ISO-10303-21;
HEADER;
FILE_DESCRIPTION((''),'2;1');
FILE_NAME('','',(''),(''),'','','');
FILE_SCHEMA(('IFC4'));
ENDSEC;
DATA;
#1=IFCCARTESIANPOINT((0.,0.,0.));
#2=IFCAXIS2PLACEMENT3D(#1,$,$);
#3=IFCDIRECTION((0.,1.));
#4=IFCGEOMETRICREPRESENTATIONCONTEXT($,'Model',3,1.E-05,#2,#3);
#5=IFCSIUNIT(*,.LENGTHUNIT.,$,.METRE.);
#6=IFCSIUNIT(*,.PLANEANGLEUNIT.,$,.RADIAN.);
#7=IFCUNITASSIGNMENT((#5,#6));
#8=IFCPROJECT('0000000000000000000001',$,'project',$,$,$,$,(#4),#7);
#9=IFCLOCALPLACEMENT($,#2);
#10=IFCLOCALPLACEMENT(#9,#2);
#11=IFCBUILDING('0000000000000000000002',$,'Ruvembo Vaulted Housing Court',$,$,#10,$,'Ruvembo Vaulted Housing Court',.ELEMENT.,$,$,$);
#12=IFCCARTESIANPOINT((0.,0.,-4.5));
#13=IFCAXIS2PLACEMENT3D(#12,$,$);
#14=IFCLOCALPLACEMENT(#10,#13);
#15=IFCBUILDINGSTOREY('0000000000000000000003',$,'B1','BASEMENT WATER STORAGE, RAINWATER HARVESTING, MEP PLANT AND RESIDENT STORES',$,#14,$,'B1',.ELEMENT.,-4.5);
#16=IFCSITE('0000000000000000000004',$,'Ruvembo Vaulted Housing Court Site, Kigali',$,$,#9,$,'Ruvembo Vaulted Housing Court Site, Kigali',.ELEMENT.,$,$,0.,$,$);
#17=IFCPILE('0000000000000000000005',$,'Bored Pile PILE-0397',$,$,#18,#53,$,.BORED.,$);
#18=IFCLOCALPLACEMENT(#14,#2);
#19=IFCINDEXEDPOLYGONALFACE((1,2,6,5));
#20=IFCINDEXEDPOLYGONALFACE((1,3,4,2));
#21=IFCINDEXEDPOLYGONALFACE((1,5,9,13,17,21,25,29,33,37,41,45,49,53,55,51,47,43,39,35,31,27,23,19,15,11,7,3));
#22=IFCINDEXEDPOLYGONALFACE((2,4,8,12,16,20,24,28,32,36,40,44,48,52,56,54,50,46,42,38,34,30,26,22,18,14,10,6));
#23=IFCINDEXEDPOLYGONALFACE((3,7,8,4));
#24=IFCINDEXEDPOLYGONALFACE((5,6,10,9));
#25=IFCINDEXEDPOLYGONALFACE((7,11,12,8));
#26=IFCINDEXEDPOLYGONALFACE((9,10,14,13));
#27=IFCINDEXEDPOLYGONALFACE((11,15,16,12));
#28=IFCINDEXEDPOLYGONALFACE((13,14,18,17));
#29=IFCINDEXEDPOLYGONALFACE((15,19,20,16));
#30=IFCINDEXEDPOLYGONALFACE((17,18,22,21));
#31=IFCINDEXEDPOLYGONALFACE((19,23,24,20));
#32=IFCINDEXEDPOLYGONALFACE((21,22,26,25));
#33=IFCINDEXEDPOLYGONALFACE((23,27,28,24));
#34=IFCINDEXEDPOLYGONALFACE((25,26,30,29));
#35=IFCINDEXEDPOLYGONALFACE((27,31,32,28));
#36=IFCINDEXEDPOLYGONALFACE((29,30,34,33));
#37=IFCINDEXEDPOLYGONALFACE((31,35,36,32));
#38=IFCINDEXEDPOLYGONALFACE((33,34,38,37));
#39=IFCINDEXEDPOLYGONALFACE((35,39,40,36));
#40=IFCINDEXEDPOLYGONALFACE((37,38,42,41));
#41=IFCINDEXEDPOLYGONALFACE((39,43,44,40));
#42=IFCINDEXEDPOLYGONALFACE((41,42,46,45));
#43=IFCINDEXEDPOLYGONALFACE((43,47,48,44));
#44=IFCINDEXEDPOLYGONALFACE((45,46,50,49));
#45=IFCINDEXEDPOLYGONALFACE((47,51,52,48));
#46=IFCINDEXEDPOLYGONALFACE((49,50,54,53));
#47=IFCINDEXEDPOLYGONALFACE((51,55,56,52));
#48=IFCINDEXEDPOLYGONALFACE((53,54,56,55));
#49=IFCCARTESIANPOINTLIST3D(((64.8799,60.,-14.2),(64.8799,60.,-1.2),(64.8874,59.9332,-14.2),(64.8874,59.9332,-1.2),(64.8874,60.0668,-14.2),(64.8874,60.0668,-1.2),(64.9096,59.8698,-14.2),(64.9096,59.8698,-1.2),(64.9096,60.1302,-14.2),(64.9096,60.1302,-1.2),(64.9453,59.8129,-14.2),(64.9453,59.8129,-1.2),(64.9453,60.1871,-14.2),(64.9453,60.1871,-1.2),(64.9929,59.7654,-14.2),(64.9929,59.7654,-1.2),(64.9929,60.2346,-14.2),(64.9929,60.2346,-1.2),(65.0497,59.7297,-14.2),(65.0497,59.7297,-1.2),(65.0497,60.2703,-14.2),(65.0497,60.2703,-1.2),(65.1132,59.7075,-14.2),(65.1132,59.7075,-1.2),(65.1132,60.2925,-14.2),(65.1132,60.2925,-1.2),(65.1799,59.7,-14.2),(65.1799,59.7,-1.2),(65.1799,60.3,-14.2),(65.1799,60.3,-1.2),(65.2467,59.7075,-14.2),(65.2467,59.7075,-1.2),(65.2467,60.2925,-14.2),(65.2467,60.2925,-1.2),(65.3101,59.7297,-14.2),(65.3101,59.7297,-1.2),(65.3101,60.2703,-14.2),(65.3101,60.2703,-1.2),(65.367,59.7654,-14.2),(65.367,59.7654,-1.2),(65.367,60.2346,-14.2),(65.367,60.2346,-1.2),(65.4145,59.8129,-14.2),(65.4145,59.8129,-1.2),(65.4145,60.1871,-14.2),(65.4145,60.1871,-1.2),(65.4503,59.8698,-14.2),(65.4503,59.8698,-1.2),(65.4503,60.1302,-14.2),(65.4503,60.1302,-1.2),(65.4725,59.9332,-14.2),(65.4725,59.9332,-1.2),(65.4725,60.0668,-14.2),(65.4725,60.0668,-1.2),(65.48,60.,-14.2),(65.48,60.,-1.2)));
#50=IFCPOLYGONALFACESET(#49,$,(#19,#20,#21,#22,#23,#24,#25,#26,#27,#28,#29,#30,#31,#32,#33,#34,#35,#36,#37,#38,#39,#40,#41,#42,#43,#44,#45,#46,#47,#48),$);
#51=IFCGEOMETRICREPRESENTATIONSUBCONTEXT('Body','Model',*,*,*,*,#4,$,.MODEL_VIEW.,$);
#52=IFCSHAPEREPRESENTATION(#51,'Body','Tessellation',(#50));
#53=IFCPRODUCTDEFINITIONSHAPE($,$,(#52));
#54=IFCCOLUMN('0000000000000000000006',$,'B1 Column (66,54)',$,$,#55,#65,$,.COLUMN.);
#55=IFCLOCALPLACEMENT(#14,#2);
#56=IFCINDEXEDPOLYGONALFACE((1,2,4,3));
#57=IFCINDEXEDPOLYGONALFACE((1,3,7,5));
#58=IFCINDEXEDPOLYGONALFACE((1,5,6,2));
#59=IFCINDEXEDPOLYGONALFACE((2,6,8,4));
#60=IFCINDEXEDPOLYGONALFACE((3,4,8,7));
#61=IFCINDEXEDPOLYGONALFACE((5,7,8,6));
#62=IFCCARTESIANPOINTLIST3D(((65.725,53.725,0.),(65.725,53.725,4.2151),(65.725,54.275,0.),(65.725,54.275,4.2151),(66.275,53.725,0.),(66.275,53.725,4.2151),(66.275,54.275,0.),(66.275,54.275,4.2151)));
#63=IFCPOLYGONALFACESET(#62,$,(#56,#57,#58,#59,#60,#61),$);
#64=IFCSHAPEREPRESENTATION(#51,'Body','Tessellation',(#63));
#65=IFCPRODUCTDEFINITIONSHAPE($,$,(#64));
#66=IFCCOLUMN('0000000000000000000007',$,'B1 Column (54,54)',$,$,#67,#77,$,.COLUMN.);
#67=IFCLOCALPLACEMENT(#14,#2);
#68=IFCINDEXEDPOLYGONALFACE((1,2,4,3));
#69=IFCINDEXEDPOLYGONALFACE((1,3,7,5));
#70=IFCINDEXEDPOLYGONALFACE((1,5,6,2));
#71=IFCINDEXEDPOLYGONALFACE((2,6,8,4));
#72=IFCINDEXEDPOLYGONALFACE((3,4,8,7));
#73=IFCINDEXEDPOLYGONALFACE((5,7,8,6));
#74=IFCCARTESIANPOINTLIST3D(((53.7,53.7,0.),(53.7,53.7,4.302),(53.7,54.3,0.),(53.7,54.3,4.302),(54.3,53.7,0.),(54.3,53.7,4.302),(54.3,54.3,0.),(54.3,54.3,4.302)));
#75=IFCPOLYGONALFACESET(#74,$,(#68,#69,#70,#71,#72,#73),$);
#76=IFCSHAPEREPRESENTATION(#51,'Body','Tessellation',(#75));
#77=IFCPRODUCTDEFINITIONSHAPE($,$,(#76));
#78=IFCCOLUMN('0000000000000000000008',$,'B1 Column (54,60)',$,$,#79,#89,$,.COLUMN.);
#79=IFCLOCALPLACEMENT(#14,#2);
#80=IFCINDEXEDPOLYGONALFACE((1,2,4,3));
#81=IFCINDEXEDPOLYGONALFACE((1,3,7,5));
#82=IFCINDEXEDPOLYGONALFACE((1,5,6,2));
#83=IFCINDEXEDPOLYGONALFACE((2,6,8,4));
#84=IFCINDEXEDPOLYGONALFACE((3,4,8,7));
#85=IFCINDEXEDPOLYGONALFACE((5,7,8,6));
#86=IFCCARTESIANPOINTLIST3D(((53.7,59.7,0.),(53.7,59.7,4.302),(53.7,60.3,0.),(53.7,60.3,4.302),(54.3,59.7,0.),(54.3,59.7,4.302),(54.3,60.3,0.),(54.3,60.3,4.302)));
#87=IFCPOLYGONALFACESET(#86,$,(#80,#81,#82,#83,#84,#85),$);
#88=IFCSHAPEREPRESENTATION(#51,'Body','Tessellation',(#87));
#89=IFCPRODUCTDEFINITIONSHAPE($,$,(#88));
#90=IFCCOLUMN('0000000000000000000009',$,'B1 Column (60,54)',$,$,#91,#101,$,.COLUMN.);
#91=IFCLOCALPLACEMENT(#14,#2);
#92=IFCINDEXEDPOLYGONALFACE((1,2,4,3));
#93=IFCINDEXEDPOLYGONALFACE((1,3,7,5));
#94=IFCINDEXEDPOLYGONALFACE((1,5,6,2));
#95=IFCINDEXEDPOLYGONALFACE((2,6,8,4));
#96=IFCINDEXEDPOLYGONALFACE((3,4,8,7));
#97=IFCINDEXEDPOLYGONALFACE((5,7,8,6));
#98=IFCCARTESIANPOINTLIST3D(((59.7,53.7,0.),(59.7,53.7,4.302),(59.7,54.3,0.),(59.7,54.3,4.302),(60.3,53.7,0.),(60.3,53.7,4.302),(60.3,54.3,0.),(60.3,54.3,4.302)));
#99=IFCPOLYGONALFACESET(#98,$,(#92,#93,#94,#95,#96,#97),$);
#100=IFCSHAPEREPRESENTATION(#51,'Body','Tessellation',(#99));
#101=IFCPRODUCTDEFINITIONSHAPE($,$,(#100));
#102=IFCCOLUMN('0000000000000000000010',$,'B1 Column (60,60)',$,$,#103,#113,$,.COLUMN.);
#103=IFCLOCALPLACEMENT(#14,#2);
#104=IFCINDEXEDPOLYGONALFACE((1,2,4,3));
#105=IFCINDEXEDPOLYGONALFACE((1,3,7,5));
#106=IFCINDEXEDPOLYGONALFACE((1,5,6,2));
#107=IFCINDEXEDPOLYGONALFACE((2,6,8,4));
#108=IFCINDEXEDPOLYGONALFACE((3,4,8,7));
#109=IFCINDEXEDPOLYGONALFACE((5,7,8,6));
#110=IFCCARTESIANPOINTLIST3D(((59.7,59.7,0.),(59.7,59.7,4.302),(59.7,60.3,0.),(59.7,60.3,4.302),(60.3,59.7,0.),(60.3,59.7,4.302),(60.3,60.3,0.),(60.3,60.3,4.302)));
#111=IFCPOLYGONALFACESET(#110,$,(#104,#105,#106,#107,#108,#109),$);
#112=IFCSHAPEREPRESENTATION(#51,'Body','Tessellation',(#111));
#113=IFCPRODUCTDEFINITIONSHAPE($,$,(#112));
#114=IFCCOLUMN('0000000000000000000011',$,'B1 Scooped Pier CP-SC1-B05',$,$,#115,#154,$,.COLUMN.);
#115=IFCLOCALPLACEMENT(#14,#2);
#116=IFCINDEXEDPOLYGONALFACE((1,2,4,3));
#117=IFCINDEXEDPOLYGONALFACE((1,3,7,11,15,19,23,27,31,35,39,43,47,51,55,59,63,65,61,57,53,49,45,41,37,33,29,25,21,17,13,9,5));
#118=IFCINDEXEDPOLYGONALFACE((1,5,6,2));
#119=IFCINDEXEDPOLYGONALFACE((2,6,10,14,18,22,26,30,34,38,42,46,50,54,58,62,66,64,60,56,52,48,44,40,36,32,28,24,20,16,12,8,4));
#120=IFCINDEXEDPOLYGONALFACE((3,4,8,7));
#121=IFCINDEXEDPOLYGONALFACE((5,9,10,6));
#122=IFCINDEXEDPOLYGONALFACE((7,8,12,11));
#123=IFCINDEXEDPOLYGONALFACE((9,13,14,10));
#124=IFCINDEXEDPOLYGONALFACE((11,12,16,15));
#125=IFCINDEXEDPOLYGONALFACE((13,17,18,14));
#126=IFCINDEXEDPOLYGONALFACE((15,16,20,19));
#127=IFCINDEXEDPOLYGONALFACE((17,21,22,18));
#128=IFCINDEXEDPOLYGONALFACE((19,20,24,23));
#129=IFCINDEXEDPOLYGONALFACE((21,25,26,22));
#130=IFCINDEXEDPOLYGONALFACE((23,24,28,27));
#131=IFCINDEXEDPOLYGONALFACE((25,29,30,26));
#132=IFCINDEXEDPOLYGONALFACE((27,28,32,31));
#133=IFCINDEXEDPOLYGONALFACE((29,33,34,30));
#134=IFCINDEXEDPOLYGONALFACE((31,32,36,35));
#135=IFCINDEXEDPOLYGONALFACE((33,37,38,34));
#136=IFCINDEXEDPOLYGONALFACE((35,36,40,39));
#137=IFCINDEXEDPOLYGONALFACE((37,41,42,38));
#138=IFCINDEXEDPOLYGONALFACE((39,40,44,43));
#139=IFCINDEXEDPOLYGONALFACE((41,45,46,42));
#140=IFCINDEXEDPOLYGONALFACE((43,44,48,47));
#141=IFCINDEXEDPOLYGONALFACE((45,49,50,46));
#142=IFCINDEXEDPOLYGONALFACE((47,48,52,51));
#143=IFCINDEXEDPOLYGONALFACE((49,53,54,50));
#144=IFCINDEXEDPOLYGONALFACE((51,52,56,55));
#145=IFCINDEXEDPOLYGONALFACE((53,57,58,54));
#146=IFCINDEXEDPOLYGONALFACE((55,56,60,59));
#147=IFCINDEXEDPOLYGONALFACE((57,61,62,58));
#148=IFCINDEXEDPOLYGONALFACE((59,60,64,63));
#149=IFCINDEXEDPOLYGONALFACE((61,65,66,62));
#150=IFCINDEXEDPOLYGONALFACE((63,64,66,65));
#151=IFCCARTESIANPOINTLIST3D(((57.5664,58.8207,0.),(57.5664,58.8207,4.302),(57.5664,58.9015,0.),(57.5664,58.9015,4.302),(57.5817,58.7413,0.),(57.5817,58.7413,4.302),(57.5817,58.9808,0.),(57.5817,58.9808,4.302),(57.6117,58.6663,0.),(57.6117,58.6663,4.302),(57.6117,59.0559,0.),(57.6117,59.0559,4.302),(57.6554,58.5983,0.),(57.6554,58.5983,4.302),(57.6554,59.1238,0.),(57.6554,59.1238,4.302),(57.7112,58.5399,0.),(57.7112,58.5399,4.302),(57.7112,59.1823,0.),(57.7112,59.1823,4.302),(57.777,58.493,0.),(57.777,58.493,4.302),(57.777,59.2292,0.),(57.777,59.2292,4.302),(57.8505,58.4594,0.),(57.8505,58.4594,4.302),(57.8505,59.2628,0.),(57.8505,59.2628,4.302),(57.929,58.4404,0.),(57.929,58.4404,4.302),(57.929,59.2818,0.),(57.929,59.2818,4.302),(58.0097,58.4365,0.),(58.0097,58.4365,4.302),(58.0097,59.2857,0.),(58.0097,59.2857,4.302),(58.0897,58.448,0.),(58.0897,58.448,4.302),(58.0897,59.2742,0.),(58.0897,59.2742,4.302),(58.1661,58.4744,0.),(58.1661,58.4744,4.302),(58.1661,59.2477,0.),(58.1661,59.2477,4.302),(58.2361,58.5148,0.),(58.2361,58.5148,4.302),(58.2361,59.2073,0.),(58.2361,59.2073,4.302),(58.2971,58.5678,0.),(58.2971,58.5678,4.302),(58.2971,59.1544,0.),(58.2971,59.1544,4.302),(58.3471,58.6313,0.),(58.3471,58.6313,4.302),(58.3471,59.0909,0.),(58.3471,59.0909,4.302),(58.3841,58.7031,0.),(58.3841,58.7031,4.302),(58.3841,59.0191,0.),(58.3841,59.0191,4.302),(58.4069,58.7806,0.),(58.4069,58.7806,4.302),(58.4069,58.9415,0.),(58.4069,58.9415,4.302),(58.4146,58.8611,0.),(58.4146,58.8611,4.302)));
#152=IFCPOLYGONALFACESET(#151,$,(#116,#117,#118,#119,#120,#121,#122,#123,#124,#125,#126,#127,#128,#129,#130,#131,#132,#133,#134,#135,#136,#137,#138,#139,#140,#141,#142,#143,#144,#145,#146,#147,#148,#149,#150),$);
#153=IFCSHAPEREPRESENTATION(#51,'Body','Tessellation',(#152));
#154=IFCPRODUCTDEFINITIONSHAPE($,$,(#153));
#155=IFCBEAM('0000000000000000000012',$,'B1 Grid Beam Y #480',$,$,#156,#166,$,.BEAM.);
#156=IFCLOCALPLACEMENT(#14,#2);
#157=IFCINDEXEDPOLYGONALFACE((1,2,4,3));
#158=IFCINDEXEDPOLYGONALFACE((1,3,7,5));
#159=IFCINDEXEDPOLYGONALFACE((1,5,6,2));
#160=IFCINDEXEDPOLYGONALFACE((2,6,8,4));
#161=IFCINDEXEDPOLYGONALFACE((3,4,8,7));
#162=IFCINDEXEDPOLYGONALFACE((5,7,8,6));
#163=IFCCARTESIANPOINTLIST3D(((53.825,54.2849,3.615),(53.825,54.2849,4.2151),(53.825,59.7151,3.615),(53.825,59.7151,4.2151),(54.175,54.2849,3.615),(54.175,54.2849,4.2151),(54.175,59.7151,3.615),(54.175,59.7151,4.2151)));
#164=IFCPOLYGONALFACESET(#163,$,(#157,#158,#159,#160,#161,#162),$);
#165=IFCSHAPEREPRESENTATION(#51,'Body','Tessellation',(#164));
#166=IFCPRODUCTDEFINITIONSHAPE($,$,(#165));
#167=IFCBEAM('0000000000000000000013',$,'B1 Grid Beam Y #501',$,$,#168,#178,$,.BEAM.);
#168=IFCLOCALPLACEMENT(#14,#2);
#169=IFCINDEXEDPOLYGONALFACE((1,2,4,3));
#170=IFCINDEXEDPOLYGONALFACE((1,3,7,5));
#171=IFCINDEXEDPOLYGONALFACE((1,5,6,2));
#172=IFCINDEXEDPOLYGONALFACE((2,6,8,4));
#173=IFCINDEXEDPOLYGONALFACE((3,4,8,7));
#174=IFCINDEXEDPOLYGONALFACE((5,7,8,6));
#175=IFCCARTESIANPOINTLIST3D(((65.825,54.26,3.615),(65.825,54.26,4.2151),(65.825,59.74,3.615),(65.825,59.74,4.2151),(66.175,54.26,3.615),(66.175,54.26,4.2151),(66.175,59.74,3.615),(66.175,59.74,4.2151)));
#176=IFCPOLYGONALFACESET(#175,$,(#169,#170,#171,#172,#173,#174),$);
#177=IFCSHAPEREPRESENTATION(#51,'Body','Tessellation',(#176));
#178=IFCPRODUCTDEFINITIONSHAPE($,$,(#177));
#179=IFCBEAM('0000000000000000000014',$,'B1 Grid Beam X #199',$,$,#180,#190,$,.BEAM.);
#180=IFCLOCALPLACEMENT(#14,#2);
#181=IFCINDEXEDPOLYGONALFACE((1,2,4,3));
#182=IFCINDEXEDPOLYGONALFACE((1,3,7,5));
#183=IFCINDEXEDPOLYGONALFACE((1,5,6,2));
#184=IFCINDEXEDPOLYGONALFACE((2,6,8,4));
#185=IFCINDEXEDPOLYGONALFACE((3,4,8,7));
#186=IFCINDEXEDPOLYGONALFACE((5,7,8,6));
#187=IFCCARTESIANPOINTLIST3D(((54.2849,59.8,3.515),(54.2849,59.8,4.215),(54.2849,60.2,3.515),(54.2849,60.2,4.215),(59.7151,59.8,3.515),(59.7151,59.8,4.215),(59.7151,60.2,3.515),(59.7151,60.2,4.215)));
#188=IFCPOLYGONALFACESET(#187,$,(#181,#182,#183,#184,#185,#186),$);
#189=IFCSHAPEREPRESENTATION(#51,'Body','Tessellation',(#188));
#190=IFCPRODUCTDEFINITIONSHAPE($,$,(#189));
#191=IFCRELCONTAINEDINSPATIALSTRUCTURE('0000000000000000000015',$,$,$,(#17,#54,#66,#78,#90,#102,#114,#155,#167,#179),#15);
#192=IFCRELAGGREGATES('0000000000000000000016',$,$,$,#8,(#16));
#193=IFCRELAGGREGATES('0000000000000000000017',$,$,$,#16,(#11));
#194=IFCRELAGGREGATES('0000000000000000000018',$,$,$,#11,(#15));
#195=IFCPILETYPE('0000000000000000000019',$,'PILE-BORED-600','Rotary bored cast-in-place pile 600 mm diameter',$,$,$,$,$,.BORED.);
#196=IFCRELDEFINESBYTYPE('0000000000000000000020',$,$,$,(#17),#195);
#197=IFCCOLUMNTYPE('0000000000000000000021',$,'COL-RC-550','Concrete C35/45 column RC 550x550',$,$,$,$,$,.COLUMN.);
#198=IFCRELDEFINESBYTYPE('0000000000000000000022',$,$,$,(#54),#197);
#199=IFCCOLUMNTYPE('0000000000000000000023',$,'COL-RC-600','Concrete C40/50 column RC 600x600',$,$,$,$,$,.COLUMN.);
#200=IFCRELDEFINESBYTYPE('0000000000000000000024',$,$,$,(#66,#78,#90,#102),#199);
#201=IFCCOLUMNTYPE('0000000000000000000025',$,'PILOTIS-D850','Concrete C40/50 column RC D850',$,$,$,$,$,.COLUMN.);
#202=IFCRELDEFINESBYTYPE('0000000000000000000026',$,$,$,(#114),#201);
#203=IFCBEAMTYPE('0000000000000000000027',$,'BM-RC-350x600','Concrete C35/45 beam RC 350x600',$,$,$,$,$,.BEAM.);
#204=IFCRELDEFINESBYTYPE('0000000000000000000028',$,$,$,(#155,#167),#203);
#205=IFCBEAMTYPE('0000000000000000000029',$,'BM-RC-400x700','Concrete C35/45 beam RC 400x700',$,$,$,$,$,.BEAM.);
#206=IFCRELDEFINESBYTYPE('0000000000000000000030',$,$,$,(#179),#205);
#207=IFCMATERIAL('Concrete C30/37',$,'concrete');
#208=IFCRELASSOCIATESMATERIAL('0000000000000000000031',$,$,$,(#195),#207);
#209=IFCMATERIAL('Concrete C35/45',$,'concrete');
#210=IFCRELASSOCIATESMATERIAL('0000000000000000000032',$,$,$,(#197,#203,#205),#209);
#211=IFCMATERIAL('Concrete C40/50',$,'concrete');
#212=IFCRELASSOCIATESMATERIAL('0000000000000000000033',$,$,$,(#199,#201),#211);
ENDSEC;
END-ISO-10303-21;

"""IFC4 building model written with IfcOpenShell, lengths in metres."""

from ifc_helpers import new_model, si_unit, direction, frame, origin, origin_2d, place, context, subcontext, project, spatial, rectangle, circle, extrude, material, material_profile, profile_set, type_object, element, save


model = new_model("IFC4")

# Units and contexts
model_context = context("Model", 3, precision=1e-05, world=origin(), true_north=direction((0.0, 1.0)))
body_context = subcontext(model_context, "Body", "Model", "MODEL_VIEW")
ifc_project = project(units=[si_unit("LENGTHUNIT", "METRE"), si_unit("PLANEANGLEUNIT", "RADIAN")], contexts=[model_context])

# Site, building, storey
site_placement = place(None, origin())
site = spatial("IfcSite", under=ifc_project, at=site_placement, Name="Ruvembo Vaulted Housing Court Site, Kigali", LongName="Ruvembo Vaulted Housing Court Site, Kigali", CompositionType="ELEMENT", RefElevation=0.0)
building_placement = place(site_placement, origin())
building = spatial("IfcBuilding", under=site, at=building_placement, Name="Ruvembo Vaulted Housing Court", LongName="Ruvembo Vaulted Housing Court", CompositionType="ELEMENT")
storey_placement = place(building_placement, frame((0.0, 0.0, -4.5)))
storey = spatial("IfcBuildingStorey", under=building, at=storey_placement, Name="B1", Description="BASEMENT WATER STORAGE, RAINWATER HARVESTING, MEP PLANT AND RESIDENT STORES", LongName="B1", CompositionType="ELEMENT", Elevation=-4.5)

# Shared definitions
ifc_material_1 = material(Name="Concrete C35/45", Category="concrete")

# Pile
ifc_material_2 = material(Name="Concrete C30/37", Category="concrete")
ifc_material_profile_1 = material_profile(ifc_material_2, circle(Radius=0.3, at=origin_2d()), Name="PILE D600")
ifc_profile_set_1 = profile_set([ifc_material_profile_1], Name="Concrete C30/37")
pile_type = type_object("IfcPileType", Name="PILE-BORED-600", Description="Rotary bored cast-in-place pile 600 mm diameter", PredefinedType="BORED", material=ifc_profile_set_1)
for number, where, z_axis, x_axis, name in (
    (1, (65.1799, 60.0, -1.2), (0.0, 0.0, -1.0), (1.0, 0.0, 0.0), "Bored Pile PILE-0397"),
):
    element("IfcPile", number, at=place(storey_placement, frame(where, z_axis=z_axis, x_axis=x_axis)), inside=storey, type_object=pile_type, Name=name, PredefinedType="BORED", context=body_context, shape_type="SweptSolid", body=[
        extrude(circle(Radius=0.3, at=origin_2d()), origin(), (0.0, 0.0, 1.0), 13.0),
    ])

# Columns
ifc_material_profile_2 = material_profile(ifc_material_1, rectangle(XDim=0.55, YDim=0.55, at=origin_2d()), Name="RC 550x550")
ifc_profile_set_2 = profile_set([ifc_material_profile_2], Name="Concrete C35/45")
column_type_1 = type_object("IfcColumnType", Name="COL-RC-550", Description="Concrete C35/45 column RC 550x550", PredefinedType="COLUMN", material=ifc_profile_set_2)
column_1_placement = place(storey_placement, frame((66.0, 54.0, 0.0), z_axis=(0.0, 0.0, 1.0), x_axis=(1.0, 0.0, 0.0)))
element("IfcColumn", 2, at=column_1_placement, inside=storey, type_object=column_type_1, Name="B1 Column (66,54)", PredefinedType="COLUMN", context=body_context, shape_type="SweptSolid", body=[
    extrude(rectangle(XDim=0.55, YDim=0.55, at=origin_2d()), origin(), (0.0, 0.0, 1.0), 4.2151),
])
ifc_material_3 = material(Name="Concrete C40/50", Category="concrete")
ifc_material_profile_3 = material_profile(ifc_material_3, rectangle(XDim=0.6001, YDim=0.6001, at=origin_2d()), Name="RC 600x600")
ifc_profile_set_3 = profile_set([ifc_material_profile_3], Name="Concrete C40/50")
column_type_2 = type_object("IfcColumnType", Name="COL-RC-600", Description="Concrete C40/50 column RC 600x600", PredefinedType="COLUMN", material=ifc_profile_set_3)
for number, where, z_axis, x_axis, name in (
    (3, (54.0, 54.0, 0.0), (0.0, 0.0, 1.0), (1.0, 0.0, 0.0), "B1 Column (54,54)"),
    (4, (54.0, 60.0, 0.0), (0.0, 0.0, 1.0), (1.0, 0.0, 0.0), "B1 Column (54,60)"),
    (5, (60.0, 54.0, 0.0), (0.0, 0.0, 1.0), (1.0, 0.0, 0.0), "B1 Column (60,54)"),
    (6, (60.0, 60.0, 0.0), (0.0, 0.0, 1.0), (1.0, 0.0, 0.0), "B1 Column (60,60)"),
):
    element("IfcColumn", number, at=place(storey_placement, frame(where, z_axis=z_axis, x_axis=x_axis)), inside=storey, type_object=column_type_2, Name=name, PredefinedType="COLUMN", context=body_context, shape_type="SweptSolid", body=[
        extrude(rectangle(XDim=0.6001, YDim=0.6001, at=origin_2d()), origin(), (0.0, 0.0, 1.0), 4.302),
    ])
ifc_material_profile_4 = material_profile(ifc_material_3, circle(Radius=0.425, at=origin_2d()), Name="RC D850")
ifc_profile_set_4 = profile_set([ifc_material_profile_4], Name="Concrete C40/50")
column_type_3 = type_object("IfcColumnType", Name="PILOTIS-D850", Description="Concrete C40/50 column RC D850", PredefinedType="COLUMN", material=ifc_profile_set_4)
column_2_placement = place(storey_placement, frame((57.9895, 58.8611, 0.0), z_axis=(0.0, 0.0, 1.0), x_axis=(1.0, 0.0, 0.0)))
element("IfcColumn", 7, at=column_2_placement, inside=storey, type_object=column_type_3, Name="B1 Scooped Pier CP-SC1-B05", PredefinedType="COLUMN", context=body_context, shape_type="SweptSolid", body=[
    extrude(circle(Radius=0.425, at=origin_2d()), origin(), (0.0, 0.0, 1.0), 4.302),
])

# Beams
ifc_material_profile_5 = material_profile(ifc_material_1, rectangle(XDim=0.3501, YDim=0.6001, at=origin_2d()), Name="RC 350x600")
ifc_profile_set_5 = profile_set([ifc_material_profile_5], Name="Concrete C35/45")
beam_type_1 = type_object("IfcBeamType", Name="BM-RC-350x600", Description="Concrete C35/45 beam RC 350x600", PredefinedType="BEAM", material=ifc_profile_set_5)
beam_1_placement = place(storey_placement, frame((54.0, 54.2849, 3.915), z_axis=(0.0, 1.0, 0.0), x_axis=(-1.0, 0.0, 0.0)))
element("IfcBeam", 8, at=beam_1_placement, inside=storey, type_object=beam_type_1, Name="B1 Grid Beam Y #480", PredefinedType="BEAM", context=body_context, shape_type="SweptSolid", body=[
    extrude(rectangle(XDim=0.3501, YDim=0.6001, at=origin_2d()), origin(), (0.0, 0.0, 1.0), 5.4302),
])
beam_2_placement = place(storey_placement, frame((66.0, 54.26, 3.915), z_axis=(0.0, 1.0, 0.0), x_axis=(-1.0, 0.0, 0.0)))
element("IfcBeam", 9, at=beam_2_placement, inside=storey, type_object=beam_type_1, Name="B1 Grid Beam Y #501", PredefinedType="BEAM", context=body_context, shape_type="SweptSolid", body=[
    extrude(rectangle(XDim=0.3501, YDim=0.6001, at=origin_2d()), origin(), (0.0, 0.0, 1.0), 5.48),
])
ifc_material_profile_6 = material_profile(ifc_material_1, rectangle(XDim=0.3999, YDim=0.7, at=origin_2d()), Name="RC 400x700")
ifc_profile_set_6 = profile_set([ifc_material_profile_6], Name="Concrete C35/45")
beam_type_2 = type_object("IfcBeamType", Name="BM-RC-400x700", Description="Concrete C35/45 beam RC 400x700", PredefinedType="BEAM", material=ifc_profile_set_6)
beam_3_placement = place(storey_placement, frame((54.2849, 60.0, 3.865), z_axis=(1.0, 0.0, 0.0), x_axis=(0.0, 1.0, 0.0)))
element("IfcBeam", 10, at=beam_3_placement, inside=storey, type_object=beam_type_2, Name="B1 Grid Beam X #199", PredefinedType="BEAM", context=body_context, shape_type="SweptSolid", body=[
    extrude(rectangle(XDim=0.3999, YDim=0.7, at=origin_2d()), origin(), (0.0, 0.0, 1.0), 5.4302),
])

save(model, "model.ifc")
